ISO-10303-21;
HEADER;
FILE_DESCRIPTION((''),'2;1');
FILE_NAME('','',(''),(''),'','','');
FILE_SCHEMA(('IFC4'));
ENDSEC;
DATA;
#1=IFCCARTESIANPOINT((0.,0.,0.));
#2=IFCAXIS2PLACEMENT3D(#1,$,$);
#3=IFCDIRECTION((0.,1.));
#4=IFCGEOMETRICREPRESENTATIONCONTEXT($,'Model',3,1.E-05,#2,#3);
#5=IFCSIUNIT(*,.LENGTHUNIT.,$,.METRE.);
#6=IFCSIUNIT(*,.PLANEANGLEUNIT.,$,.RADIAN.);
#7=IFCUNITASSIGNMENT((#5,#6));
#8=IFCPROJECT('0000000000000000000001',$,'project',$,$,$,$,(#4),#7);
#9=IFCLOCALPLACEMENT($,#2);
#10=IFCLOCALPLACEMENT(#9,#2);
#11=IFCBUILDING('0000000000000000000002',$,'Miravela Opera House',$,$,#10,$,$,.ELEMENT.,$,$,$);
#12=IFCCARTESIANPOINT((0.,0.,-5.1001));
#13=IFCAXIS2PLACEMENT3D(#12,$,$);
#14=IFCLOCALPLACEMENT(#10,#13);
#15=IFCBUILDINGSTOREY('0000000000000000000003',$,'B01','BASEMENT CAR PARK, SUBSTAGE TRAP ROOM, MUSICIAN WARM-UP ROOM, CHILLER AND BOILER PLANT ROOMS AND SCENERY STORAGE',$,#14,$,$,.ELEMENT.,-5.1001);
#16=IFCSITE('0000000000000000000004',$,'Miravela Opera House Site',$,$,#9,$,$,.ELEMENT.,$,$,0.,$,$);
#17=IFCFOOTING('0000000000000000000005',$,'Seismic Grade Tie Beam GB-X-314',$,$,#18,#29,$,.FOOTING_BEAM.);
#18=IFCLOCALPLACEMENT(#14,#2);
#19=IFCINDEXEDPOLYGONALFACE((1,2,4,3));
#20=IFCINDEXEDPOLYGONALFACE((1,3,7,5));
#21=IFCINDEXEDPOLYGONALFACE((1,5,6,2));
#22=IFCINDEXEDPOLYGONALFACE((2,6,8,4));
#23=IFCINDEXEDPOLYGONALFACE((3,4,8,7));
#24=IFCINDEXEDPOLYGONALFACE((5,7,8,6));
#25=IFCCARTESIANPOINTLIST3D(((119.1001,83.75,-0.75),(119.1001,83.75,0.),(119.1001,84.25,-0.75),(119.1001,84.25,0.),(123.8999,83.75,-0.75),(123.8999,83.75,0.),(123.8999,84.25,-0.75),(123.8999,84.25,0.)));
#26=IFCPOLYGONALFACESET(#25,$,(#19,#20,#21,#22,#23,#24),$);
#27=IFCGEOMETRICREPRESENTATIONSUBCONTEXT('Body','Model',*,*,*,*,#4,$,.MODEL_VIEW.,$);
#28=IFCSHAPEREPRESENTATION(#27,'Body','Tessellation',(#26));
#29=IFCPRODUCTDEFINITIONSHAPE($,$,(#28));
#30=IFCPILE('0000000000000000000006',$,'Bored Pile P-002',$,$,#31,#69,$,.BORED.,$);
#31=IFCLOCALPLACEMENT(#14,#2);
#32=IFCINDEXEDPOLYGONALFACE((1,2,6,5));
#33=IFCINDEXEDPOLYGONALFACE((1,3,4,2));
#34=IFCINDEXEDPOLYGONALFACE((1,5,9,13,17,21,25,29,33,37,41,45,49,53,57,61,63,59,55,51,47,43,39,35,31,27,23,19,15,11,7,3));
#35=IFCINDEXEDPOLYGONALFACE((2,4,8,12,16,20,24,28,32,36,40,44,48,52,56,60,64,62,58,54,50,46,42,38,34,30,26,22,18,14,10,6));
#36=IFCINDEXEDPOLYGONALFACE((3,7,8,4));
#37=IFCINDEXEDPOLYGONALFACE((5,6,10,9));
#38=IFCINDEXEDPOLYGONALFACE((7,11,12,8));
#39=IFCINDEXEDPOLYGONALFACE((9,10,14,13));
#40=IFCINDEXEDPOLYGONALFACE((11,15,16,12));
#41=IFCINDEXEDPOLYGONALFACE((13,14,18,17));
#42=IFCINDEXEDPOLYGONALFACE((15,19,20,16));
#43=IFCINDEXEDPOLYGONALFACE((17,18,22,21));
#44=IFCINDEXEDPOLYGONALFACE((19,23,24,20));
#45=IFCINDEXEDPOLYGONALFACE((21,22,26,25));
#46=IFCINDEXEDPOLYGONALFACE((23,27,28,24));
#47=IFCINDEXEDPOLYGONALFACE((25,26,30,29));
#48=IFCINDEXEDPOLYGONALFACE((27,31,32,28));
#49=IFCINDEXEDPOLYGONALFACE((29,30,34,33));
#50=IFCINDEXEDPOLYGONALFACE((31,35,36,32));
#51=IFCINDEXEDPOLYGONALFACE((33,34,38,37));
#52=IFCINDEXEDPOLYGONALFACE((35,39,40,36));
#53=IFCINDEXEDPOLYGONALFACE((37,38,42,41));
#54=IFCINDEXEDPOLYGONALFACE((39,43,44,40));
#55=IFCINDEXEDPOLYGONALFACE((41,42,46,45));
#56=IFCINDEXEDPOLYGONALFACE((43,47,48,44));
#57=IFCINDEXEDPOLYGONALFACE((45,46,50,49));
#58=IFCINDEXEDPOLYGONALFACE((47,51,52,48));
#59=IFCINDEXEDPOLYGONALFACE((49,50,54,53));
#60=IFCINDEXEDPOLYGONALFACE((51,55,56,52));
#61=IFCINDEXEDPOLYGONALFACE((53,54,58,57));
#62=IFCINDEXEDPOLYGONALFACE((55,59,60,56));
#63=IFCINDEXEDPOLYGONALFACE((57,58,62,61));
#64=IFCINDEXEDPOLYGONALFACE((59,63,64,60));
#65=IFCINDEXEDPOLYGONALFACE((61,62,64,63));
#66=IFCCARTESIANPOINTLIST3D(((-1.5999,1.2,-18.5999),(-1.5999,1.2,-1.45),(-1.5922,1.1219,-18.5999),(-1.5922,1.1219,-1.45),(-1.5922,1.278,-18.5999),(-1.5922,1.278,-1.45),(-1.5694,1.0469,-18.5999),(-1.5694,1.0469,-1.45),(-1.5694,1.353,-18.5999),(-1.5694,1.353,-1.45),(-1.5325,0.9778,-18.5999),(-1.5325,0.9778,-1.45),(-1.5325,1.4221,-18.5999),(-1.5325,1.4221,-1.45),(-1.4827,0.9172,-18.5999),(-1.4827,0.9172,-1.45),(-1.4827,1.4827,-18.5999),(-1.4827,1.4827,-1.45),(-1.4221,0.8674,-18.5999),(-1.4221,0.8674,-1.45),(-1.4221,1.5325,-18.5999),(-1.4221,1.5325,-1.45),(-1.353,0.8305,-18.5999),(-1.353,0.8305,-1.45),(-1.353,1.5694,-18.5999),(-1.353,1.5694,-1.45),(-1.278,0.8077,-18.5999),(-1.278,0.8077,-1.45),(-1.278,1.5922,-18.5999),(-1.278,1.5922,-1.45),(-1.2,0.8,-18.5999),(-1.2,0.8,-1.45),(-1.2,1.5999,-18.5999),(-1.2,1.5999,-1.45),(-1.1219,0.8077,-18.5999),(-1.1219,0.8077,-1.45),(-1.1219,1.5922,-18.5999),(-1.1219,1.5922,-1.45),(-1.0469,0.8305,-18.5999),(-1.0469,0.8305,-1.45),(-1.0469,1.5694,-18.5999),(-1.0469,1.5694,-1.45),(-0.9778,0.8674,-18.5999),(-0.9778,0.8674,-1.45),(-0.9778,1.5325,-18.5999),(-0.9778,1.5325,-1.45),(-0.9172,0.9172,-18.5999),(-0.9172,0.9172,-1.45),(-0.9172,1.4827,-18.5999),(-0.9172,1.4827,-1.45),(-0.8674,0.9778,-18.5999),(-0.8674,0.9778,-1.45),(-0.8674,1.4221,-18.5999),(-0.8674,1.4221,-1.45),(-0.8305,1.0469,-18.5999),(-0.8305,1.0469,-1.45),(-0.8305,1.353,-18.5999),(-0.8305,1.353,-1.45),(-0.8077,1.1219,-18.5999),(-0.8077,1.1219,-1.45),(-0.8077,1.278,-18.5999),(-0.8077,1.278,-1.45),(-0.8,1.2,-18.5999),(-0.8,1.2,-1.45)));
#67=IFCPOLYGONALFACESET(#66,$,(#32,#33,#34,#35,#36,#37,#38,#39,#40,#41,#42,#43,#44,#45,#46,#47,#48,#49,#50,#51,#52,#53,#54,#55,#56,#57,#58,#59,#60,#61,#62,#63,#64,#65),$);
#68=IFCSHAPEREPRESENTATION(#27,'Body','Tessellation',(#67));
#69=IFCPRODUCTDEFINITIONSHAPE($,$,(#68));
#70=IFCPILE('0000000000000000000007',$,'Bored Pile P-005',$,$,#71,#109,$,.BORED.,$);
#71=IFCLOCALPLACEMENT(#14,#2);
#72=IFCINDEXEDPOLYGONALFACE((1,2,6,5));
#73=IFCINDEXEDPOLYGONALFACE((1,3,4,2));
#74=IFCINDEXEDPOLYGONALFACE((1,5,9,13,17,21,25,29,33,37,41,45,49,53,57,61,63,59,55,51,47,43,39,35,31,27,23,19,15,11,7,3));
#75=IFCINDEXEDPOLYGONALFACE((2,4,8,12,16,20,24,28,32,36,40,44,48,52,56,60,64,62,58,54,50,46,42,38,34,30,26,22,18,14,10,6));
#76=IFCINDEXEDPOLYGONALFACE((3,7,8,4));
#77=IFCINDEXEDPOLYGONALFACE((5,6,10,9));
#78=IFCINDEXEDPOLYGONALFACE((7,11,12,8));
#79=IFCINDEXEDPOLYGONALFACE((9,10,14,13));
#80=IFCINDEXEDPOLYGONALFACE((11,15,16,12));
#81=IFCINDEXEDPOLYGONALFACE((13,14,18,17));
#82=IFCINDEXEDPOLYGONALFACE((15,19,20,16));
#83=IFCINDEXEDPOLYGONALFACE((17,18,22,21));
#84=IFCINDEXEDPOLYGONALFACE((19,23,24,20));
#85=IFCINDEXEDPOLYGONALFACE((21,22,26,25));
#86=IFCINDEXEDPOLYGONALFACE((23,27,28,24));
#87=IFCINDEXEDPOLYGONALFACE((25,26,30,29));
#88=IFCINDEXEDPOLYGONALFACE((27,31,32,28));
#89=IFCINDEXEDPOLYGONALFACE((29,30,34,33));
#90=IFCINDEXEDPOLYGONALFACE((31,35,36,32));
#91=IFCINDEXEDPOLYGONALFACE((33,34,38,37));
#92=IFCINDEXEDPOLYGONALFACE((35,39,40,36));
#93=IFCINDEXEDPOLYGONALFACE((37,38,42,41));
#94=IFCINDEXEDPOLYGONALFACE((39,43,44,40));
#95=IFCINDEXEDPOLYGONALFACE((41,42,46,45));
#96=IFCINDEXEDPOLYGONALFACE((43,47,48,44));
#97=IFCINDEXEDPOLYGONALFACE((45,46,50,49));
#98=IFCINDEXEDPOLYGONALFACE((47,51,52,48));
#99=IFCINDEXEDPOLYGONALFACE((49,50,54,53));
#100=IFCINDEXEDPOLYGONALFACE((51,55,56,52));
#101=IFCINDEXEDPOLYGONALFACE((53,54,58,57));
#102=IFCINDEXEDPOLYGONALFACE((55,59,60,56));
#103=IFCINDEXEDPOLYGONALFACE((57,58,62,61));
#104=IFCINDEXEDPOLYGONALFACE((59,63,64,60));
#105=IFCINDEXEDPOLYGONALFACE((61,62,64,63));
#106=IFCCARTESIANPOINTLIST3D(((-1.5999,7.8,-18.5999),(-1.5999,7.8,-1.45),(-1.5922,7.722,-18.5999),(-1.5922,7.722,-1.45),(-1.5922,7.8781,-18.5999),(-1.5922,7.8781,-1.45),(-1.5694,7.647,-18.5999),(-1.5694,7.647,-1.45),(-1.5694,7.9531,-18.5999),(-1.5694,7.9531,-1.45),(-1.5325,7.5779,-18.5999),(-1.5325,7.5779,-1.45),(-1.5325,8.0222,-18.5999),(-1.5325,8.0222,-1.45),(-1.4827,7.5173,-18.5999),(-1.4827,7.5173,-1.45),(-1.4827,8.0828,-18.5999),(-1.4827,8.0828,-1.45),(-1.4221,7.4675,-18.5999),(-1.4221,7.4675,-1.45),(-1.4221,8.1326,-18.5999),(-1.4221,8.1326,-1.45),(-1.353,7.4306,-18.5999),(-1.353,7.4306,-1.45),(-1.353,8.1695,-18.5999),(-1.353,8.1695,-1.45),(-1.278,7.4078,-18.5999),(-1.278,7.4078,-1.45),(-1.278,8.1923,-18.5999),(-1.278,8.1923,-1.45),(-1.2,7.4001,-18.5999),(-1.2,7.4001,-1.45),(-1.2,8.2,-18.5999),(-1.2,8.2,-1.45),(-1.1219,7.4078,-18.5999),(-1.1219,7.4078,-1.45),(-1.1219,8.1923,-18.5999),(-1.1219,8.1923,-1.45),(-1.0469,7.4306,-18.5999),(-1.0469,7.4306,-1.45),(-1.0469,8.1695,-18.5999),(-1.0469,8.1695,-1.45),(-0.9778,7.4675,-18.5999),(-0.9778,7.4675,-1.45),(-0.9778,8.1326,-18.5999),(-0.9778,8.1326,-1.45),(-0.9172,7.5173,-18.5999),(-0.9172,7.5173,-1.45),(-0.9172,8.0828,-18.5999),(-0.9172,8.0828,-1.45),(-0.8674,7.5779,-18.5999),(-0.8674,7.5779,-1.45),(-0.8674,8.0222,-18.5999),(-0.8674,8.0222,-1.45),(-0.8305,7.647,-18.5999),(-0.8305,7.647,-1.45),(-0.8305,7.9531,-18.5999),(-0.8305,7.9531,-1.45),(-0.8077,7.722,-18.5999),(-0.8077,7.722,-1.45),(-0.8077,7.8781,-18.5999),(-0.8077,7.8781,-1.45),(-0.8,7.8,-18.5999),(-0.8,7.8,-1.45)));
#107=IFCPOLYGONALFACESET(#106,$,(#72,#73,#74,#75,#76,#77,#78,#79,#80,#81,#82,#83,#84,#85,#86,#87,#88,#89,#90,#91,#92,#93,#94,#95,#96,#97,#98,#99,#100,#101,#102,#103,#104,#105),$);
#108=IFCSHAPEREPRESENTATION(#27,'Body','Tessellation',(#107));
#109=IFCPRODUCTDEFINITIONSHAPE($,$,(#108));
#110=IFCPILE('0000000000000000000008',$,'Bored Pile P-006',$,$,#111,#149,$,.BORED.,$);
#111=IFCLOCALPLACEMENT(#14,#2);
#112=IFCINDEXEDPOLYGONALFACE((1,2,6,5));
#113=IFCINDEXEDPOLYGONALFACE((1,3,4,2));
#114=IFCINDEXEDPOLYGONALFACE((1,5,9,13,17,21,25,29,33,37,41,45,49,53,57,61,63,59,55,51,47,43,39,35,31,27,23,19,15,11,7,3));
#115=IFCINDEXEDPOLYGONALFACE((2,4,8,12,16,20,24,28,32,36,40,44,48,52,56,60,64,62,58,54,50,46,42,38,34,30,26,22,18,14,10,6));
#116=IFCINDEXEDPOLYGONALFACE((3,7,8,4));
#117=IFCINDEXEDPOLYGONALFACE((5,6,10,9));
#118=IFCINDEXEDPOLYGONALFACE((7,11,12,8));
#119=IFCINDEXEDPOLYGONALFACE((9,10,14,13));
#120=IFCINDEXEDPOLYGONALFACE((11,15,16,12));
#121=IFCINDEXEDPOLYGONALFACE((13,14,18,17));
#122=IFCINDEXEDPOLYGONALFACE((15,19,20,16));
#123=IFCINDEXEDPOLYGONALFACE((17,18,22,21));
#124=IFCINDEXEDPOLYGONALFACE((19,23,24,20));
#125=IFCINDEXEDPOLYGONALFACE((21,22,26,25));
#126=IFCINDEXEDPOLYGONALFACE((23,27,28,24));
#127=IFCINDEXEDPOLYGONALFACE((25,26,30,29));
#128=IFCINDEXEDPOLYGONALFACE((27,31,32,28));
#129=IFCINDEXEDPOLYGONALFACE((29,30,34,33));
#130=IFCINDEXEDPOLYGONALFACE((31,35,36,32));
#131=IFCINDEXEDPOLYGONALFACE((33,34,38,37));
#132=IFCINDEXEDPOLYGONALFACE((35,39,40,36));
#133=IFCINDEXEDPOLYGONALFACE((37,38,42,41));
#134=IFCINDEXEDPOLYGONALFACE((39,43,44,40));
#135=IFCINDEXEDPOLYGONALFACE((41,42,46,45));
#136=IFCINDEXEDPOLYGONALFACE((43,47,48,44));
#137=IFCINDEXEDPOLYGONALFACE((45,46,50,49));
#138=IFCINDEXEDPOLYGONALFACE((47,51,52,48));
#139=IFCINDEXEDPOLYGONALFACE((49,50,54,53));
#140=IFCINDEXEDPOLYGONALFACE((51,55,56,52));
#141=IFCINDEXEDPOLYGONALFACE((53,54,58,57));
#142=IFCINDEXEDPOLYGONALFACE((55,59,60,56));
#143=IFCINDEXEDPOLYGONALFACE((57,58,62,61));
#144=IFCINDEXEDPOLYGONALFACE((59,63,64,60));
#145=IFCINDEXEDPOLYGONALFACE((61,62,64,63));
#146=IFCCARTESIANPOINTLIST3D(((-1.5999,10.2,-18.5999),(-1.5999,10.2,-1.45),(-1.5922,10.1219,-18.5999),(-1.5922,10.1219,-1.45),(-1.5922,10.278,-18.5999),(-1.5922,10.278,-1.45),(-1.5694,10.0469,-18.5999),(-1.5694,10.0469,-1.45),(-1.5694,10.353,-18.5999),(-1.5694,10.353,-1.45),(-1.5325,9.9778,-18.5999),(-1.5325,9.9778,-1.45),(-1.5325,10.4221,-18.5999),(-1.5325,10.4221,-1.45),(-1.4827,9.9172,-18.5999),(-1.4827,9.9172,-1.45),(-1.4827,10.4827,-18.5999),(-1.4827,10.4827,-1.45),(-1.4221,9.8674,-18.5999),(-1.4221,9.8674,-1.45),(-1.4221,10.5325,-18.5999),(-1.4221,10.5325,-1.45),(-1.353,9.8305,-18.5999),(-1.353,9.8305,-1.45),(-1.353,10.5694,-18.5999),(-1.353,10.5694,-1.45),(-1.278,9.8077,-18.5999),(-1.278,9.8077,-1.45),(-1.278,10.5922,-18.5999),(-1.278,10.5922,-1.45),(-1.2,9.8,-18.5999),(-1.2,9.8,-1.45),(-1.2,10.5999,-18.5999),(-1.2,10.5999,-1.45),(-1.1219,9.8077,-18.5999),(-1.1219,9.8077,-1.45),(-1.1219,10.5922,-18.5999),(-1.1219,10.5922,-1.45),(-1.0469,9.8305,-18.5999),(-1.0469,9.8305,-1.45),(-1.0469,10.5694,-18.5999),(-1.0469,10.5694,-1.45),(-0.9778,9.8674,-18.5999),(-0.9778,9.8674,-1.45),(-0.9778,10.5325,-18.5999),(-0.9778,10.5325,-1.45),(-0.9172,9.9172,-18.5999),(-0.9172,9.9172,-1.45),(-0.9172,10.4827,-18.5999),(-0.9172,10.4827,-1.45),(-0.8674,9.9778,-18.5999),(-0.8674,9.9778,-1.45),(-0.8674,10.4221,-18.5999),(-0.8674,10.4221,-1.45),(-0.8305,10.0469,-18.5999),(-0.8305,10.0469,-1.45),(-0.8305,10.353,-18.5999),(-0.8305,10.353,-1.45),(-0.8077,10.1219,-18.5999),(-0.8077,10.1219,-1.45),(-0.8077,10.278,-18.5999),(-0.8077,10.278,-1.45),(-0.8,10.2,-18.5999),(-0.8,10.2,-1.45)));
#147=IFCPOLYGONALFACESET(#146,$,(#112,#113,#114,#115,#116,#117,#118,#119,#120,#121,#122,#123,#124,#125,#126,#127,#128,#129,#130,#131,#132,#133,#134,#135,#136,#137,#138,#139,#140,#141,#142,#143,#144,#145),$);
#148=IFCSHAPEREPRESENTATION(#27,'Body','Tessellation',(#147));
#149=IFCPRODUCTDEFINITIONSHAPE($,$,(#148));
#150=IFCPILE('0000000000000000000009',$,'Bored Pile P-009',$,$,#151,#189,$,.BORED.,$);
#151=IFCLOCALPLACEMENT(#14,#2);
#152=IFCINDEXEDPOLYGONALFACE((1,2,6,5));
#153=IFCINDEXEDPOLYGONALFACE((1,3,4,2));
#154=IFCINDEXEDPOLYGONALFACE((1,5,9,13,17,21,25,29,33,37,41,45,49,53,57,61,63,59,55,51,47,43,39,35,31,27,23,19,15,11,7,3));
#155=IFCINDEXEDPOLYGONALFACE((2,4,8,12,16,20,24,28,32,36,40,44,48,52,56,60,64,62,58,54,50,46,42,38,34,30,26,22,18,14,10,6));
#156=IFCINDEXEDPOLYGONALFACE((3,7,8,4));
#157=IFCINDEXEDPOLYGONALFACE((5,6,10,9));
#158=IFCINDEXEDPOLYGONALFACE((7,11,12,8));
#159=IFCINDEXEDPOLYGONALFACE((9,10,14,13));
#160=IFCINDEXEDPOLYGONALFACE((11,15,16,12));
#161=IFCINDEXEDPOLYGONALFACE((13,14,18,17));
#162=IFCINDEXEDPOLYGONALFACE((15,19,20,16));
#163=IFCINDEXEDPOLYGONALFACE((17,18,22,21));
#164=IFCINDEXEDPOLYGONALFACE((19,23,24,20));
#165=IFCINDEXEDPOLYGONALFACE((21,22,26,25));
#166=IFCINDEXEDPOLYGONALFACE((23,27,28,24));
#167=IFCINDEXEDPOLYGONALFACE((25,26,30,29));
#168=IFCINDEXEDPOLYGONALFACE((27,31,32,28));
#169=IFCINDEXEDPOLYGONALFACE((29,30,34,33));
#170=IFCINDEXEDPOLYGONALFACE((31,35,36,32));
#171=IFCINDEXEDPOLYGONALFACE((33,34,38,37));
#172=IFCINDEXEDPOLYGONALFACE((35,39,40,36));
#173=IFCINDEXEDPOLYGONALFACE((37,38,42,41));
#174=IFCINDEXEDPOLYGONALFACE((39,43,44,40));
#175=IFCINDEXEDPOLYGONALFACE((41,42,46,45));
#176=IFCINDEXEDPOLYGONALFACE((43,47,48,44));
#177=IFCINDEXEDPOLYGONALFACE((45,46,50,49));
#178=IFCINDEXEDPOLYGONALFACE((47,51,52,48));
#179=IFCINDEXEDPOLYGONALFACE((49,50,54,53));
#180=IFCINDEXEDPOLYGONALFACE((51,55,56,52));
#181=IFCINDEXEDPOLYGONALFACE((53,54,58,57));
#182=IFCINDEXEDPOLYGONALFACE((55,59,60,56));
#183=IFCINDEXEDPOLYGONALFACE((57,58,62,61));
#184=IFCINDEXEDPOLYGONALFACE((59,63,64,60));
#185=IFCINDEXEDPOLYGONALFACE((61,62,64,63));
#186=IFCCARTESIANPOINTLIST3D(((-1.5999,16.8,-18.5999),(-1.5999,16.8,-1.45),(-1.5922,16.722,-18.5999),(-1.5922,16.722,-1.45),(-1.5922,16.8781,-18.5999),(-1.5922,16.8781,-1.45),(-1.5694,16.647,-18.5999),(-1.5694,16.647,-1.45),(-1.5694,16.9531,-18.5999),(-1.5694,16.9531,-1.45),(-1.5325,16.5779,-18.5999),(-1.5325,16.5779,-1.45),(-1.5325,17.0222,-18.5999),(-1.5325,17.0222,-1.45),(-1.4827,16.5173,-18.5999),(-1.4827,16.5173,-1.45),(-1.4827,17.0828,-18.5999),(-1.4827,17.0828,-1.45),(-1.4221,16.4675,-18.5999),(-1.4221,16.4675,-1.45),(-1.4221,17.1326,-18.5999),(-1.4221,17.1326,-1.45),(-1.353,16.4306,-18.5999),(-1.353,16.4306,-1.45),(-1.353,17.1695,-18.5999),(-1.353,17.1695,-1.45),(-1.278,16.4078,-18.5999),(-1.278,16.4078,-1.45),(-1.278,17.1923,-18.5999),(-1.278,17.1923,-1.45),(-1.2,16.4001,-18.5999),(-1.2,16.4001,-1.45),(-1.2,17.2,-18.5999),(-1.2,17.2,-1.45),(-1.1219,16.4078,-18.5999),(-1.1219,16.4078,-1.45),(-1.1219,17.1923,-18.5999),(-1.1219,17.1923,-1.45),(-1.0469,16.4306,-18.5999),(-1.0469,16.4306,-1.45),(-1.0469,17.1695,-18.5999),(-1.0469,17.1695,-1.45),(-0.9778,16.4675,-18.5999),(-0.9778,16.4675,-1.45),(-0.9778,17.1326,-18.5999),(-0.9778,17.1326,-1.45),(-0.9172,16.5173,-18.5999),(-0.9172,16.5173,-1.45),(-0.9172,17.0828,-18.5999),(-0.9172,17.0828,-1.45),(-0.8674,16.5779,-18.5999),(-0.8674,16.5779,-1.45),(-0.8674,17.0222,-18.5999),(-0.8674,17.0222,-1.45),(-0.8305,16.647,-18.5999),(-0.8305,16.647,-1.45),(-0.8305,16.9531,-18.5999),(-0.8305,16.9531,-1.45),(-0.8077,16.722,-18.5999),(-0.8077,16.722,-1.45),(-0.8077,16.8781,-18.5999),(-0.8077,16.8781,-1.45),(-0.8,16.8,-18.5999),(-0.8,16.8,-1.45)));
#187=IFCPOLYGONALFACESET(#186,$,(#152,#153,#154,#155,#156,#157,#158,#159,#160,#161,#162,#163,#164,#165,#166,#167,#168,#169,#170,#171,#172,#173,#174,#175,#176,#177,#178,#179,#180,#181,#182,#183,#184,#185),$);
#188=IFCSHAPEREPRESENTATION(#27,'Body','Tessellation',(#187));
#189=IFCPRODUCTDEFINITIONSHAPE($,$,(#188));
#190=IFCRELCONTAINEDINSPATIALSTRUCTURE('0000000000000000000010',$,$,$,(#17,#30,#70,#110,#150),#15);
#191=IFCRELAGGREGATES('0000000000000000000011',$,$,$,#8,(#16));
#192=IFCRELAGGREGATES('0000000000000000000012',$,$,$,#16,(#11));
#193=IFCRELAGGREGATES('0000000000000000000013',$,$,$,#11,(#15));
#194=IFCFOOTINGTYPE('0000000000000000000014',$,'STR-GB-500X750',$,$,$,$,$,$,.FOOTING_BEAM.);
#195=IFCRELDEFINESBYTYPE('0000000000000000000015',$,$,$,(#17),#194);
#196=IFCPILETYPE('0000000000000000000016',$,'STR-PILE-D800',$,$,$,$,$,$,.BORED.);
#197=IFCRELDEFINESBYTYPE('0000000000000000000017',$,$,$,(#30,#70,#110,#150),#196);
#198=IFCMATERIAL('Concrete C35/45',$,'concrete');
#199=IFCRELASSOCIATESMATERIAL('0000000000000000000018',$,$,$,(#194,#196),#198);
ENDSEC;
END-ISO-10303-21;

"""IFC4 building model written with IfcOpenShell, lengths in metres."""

from ifc_helpers import new_model, si_unit, direction, frame, origin, origin_2d, place, context, subcontext, project, spatial, polyline, circle, outline, extrude, material, material_profile, profile_set, type_object, element, save


model = new_model("IFC4")

# Units and contexts
model_context = context("Model", 3, precision=1e-05, world=origin(), true_north=direction((0.0, 1.0)))
body_context = subcontext(model_context, "Body", "Model", "MODEL_VIEW")
ifc_project = project(units=[si_unit("LENGTHUNIT", "METRE"), si_unit("PLANEANGLEUNIT", "RADIAN")], contexts=[model_context])

# Site, building, storey
site_placement = place(None, origin())
site = spatial("IfcSite", under=ifc_project, at=site_placement, Name="Miravela Opera House Site", CompositionType="ELEMENT", RefElevation=0.0)
building_placement = place(site_placement, origin())
building = spatial("IfcBuilding", under=site, at=building_placement, Name="Miravela Opera House", CompositionType="ELEMENT")
storey_placement = place(building_placement, frame((0.0, 0.0, -5.1001)))
storey = spatial("IfcBuildingStorey", under=building, at=storey_placement, Name="B01", Description="BASEMENT CAR PARK, SUBSTAGE TRAP ROOM, MUSICIAN WARM-UP ROOM, CHILLER AND BOILER PLANT ROOMS AND SCENERY STORAGE", CompositionType="ELEMENT", Elevation=-5.1001)

# Footing
ifc_material = material(Name="Concrete C35/45", Category="concrete")
footing_type = type_object("IfcFootingType", Name="STR-GB-500X750", PredefinedType="FOOTING_BEAM", material=ifc_material)
footing_1_placement = place(storey_placement, frame((0.0, 0.0, -0.75)))
element("IfcFooting", 1, at=footing_1_placement, inside=storey, type_object=footing_type, Name="Seismic Grade Tie Beam GB-X-314", PredefinedType="FOOTING_BEAM", context=body_context, shape_type="SweptSolid", body=[
    extrude(outline(polyline([(119.1001, 83.75), (123.8999, 83.75), (123.8999, 84.25), (119.1001, 84.25), (119.1001, 83.75)])), origin(), (0.0, 0.0, 1.0), 0.75),
])

# Piles
ifc_material_profile = material_profile(ifc_material, circle(Radius=0.3999, at=origin_2d()), Name="PILE-D800")
ifc_profile_set = profile_set([ifc_material_profile])
pile_type = type_object("IfcPileType", Name="STR-PILE-D800", PredefinedType="BORED", material=ifc_profile_set)
for number, where, z_axis, x_axis, name in (
    (2, (-1.2, 1.2, -1.45), (0.0, 0.0, -1.0), (1.0, 0.0, 0.0), "Bored Pile P-002"),
    (3, (-1.2, 7.8, -1.45), (0.0, 0.0, -1.0), (1.0, 0.0, 0.0), "Bored Pile P-005"),
    (4, (-1.2, 10.2, -1.45), (0.0, 0.0, -1.0), (1.0, 0.0, 0.0), "Bored Pile P-006"),
    (5, (-1.2, 16.8, -1.45), (0.0, 0.0, -1.0), (1.0, 0.0, 0.0), "Bored Pile P-009"),
):
    element("IfcPile", number, at=place(storey_placement, frame(where, z_axis=z_axis, x_axis=x_axis)), inside=storey, type_object=pile_type, Name=name, PredefinedType="BORED", context=body_context, shape_type="SweptSolid", body=[
        extrude(circle(Radius=0.3999, at=origin_2d()), origin(), (0.0, 0.0, 1.0), 17.1499),
    ])

save(model, "model.ifc")
